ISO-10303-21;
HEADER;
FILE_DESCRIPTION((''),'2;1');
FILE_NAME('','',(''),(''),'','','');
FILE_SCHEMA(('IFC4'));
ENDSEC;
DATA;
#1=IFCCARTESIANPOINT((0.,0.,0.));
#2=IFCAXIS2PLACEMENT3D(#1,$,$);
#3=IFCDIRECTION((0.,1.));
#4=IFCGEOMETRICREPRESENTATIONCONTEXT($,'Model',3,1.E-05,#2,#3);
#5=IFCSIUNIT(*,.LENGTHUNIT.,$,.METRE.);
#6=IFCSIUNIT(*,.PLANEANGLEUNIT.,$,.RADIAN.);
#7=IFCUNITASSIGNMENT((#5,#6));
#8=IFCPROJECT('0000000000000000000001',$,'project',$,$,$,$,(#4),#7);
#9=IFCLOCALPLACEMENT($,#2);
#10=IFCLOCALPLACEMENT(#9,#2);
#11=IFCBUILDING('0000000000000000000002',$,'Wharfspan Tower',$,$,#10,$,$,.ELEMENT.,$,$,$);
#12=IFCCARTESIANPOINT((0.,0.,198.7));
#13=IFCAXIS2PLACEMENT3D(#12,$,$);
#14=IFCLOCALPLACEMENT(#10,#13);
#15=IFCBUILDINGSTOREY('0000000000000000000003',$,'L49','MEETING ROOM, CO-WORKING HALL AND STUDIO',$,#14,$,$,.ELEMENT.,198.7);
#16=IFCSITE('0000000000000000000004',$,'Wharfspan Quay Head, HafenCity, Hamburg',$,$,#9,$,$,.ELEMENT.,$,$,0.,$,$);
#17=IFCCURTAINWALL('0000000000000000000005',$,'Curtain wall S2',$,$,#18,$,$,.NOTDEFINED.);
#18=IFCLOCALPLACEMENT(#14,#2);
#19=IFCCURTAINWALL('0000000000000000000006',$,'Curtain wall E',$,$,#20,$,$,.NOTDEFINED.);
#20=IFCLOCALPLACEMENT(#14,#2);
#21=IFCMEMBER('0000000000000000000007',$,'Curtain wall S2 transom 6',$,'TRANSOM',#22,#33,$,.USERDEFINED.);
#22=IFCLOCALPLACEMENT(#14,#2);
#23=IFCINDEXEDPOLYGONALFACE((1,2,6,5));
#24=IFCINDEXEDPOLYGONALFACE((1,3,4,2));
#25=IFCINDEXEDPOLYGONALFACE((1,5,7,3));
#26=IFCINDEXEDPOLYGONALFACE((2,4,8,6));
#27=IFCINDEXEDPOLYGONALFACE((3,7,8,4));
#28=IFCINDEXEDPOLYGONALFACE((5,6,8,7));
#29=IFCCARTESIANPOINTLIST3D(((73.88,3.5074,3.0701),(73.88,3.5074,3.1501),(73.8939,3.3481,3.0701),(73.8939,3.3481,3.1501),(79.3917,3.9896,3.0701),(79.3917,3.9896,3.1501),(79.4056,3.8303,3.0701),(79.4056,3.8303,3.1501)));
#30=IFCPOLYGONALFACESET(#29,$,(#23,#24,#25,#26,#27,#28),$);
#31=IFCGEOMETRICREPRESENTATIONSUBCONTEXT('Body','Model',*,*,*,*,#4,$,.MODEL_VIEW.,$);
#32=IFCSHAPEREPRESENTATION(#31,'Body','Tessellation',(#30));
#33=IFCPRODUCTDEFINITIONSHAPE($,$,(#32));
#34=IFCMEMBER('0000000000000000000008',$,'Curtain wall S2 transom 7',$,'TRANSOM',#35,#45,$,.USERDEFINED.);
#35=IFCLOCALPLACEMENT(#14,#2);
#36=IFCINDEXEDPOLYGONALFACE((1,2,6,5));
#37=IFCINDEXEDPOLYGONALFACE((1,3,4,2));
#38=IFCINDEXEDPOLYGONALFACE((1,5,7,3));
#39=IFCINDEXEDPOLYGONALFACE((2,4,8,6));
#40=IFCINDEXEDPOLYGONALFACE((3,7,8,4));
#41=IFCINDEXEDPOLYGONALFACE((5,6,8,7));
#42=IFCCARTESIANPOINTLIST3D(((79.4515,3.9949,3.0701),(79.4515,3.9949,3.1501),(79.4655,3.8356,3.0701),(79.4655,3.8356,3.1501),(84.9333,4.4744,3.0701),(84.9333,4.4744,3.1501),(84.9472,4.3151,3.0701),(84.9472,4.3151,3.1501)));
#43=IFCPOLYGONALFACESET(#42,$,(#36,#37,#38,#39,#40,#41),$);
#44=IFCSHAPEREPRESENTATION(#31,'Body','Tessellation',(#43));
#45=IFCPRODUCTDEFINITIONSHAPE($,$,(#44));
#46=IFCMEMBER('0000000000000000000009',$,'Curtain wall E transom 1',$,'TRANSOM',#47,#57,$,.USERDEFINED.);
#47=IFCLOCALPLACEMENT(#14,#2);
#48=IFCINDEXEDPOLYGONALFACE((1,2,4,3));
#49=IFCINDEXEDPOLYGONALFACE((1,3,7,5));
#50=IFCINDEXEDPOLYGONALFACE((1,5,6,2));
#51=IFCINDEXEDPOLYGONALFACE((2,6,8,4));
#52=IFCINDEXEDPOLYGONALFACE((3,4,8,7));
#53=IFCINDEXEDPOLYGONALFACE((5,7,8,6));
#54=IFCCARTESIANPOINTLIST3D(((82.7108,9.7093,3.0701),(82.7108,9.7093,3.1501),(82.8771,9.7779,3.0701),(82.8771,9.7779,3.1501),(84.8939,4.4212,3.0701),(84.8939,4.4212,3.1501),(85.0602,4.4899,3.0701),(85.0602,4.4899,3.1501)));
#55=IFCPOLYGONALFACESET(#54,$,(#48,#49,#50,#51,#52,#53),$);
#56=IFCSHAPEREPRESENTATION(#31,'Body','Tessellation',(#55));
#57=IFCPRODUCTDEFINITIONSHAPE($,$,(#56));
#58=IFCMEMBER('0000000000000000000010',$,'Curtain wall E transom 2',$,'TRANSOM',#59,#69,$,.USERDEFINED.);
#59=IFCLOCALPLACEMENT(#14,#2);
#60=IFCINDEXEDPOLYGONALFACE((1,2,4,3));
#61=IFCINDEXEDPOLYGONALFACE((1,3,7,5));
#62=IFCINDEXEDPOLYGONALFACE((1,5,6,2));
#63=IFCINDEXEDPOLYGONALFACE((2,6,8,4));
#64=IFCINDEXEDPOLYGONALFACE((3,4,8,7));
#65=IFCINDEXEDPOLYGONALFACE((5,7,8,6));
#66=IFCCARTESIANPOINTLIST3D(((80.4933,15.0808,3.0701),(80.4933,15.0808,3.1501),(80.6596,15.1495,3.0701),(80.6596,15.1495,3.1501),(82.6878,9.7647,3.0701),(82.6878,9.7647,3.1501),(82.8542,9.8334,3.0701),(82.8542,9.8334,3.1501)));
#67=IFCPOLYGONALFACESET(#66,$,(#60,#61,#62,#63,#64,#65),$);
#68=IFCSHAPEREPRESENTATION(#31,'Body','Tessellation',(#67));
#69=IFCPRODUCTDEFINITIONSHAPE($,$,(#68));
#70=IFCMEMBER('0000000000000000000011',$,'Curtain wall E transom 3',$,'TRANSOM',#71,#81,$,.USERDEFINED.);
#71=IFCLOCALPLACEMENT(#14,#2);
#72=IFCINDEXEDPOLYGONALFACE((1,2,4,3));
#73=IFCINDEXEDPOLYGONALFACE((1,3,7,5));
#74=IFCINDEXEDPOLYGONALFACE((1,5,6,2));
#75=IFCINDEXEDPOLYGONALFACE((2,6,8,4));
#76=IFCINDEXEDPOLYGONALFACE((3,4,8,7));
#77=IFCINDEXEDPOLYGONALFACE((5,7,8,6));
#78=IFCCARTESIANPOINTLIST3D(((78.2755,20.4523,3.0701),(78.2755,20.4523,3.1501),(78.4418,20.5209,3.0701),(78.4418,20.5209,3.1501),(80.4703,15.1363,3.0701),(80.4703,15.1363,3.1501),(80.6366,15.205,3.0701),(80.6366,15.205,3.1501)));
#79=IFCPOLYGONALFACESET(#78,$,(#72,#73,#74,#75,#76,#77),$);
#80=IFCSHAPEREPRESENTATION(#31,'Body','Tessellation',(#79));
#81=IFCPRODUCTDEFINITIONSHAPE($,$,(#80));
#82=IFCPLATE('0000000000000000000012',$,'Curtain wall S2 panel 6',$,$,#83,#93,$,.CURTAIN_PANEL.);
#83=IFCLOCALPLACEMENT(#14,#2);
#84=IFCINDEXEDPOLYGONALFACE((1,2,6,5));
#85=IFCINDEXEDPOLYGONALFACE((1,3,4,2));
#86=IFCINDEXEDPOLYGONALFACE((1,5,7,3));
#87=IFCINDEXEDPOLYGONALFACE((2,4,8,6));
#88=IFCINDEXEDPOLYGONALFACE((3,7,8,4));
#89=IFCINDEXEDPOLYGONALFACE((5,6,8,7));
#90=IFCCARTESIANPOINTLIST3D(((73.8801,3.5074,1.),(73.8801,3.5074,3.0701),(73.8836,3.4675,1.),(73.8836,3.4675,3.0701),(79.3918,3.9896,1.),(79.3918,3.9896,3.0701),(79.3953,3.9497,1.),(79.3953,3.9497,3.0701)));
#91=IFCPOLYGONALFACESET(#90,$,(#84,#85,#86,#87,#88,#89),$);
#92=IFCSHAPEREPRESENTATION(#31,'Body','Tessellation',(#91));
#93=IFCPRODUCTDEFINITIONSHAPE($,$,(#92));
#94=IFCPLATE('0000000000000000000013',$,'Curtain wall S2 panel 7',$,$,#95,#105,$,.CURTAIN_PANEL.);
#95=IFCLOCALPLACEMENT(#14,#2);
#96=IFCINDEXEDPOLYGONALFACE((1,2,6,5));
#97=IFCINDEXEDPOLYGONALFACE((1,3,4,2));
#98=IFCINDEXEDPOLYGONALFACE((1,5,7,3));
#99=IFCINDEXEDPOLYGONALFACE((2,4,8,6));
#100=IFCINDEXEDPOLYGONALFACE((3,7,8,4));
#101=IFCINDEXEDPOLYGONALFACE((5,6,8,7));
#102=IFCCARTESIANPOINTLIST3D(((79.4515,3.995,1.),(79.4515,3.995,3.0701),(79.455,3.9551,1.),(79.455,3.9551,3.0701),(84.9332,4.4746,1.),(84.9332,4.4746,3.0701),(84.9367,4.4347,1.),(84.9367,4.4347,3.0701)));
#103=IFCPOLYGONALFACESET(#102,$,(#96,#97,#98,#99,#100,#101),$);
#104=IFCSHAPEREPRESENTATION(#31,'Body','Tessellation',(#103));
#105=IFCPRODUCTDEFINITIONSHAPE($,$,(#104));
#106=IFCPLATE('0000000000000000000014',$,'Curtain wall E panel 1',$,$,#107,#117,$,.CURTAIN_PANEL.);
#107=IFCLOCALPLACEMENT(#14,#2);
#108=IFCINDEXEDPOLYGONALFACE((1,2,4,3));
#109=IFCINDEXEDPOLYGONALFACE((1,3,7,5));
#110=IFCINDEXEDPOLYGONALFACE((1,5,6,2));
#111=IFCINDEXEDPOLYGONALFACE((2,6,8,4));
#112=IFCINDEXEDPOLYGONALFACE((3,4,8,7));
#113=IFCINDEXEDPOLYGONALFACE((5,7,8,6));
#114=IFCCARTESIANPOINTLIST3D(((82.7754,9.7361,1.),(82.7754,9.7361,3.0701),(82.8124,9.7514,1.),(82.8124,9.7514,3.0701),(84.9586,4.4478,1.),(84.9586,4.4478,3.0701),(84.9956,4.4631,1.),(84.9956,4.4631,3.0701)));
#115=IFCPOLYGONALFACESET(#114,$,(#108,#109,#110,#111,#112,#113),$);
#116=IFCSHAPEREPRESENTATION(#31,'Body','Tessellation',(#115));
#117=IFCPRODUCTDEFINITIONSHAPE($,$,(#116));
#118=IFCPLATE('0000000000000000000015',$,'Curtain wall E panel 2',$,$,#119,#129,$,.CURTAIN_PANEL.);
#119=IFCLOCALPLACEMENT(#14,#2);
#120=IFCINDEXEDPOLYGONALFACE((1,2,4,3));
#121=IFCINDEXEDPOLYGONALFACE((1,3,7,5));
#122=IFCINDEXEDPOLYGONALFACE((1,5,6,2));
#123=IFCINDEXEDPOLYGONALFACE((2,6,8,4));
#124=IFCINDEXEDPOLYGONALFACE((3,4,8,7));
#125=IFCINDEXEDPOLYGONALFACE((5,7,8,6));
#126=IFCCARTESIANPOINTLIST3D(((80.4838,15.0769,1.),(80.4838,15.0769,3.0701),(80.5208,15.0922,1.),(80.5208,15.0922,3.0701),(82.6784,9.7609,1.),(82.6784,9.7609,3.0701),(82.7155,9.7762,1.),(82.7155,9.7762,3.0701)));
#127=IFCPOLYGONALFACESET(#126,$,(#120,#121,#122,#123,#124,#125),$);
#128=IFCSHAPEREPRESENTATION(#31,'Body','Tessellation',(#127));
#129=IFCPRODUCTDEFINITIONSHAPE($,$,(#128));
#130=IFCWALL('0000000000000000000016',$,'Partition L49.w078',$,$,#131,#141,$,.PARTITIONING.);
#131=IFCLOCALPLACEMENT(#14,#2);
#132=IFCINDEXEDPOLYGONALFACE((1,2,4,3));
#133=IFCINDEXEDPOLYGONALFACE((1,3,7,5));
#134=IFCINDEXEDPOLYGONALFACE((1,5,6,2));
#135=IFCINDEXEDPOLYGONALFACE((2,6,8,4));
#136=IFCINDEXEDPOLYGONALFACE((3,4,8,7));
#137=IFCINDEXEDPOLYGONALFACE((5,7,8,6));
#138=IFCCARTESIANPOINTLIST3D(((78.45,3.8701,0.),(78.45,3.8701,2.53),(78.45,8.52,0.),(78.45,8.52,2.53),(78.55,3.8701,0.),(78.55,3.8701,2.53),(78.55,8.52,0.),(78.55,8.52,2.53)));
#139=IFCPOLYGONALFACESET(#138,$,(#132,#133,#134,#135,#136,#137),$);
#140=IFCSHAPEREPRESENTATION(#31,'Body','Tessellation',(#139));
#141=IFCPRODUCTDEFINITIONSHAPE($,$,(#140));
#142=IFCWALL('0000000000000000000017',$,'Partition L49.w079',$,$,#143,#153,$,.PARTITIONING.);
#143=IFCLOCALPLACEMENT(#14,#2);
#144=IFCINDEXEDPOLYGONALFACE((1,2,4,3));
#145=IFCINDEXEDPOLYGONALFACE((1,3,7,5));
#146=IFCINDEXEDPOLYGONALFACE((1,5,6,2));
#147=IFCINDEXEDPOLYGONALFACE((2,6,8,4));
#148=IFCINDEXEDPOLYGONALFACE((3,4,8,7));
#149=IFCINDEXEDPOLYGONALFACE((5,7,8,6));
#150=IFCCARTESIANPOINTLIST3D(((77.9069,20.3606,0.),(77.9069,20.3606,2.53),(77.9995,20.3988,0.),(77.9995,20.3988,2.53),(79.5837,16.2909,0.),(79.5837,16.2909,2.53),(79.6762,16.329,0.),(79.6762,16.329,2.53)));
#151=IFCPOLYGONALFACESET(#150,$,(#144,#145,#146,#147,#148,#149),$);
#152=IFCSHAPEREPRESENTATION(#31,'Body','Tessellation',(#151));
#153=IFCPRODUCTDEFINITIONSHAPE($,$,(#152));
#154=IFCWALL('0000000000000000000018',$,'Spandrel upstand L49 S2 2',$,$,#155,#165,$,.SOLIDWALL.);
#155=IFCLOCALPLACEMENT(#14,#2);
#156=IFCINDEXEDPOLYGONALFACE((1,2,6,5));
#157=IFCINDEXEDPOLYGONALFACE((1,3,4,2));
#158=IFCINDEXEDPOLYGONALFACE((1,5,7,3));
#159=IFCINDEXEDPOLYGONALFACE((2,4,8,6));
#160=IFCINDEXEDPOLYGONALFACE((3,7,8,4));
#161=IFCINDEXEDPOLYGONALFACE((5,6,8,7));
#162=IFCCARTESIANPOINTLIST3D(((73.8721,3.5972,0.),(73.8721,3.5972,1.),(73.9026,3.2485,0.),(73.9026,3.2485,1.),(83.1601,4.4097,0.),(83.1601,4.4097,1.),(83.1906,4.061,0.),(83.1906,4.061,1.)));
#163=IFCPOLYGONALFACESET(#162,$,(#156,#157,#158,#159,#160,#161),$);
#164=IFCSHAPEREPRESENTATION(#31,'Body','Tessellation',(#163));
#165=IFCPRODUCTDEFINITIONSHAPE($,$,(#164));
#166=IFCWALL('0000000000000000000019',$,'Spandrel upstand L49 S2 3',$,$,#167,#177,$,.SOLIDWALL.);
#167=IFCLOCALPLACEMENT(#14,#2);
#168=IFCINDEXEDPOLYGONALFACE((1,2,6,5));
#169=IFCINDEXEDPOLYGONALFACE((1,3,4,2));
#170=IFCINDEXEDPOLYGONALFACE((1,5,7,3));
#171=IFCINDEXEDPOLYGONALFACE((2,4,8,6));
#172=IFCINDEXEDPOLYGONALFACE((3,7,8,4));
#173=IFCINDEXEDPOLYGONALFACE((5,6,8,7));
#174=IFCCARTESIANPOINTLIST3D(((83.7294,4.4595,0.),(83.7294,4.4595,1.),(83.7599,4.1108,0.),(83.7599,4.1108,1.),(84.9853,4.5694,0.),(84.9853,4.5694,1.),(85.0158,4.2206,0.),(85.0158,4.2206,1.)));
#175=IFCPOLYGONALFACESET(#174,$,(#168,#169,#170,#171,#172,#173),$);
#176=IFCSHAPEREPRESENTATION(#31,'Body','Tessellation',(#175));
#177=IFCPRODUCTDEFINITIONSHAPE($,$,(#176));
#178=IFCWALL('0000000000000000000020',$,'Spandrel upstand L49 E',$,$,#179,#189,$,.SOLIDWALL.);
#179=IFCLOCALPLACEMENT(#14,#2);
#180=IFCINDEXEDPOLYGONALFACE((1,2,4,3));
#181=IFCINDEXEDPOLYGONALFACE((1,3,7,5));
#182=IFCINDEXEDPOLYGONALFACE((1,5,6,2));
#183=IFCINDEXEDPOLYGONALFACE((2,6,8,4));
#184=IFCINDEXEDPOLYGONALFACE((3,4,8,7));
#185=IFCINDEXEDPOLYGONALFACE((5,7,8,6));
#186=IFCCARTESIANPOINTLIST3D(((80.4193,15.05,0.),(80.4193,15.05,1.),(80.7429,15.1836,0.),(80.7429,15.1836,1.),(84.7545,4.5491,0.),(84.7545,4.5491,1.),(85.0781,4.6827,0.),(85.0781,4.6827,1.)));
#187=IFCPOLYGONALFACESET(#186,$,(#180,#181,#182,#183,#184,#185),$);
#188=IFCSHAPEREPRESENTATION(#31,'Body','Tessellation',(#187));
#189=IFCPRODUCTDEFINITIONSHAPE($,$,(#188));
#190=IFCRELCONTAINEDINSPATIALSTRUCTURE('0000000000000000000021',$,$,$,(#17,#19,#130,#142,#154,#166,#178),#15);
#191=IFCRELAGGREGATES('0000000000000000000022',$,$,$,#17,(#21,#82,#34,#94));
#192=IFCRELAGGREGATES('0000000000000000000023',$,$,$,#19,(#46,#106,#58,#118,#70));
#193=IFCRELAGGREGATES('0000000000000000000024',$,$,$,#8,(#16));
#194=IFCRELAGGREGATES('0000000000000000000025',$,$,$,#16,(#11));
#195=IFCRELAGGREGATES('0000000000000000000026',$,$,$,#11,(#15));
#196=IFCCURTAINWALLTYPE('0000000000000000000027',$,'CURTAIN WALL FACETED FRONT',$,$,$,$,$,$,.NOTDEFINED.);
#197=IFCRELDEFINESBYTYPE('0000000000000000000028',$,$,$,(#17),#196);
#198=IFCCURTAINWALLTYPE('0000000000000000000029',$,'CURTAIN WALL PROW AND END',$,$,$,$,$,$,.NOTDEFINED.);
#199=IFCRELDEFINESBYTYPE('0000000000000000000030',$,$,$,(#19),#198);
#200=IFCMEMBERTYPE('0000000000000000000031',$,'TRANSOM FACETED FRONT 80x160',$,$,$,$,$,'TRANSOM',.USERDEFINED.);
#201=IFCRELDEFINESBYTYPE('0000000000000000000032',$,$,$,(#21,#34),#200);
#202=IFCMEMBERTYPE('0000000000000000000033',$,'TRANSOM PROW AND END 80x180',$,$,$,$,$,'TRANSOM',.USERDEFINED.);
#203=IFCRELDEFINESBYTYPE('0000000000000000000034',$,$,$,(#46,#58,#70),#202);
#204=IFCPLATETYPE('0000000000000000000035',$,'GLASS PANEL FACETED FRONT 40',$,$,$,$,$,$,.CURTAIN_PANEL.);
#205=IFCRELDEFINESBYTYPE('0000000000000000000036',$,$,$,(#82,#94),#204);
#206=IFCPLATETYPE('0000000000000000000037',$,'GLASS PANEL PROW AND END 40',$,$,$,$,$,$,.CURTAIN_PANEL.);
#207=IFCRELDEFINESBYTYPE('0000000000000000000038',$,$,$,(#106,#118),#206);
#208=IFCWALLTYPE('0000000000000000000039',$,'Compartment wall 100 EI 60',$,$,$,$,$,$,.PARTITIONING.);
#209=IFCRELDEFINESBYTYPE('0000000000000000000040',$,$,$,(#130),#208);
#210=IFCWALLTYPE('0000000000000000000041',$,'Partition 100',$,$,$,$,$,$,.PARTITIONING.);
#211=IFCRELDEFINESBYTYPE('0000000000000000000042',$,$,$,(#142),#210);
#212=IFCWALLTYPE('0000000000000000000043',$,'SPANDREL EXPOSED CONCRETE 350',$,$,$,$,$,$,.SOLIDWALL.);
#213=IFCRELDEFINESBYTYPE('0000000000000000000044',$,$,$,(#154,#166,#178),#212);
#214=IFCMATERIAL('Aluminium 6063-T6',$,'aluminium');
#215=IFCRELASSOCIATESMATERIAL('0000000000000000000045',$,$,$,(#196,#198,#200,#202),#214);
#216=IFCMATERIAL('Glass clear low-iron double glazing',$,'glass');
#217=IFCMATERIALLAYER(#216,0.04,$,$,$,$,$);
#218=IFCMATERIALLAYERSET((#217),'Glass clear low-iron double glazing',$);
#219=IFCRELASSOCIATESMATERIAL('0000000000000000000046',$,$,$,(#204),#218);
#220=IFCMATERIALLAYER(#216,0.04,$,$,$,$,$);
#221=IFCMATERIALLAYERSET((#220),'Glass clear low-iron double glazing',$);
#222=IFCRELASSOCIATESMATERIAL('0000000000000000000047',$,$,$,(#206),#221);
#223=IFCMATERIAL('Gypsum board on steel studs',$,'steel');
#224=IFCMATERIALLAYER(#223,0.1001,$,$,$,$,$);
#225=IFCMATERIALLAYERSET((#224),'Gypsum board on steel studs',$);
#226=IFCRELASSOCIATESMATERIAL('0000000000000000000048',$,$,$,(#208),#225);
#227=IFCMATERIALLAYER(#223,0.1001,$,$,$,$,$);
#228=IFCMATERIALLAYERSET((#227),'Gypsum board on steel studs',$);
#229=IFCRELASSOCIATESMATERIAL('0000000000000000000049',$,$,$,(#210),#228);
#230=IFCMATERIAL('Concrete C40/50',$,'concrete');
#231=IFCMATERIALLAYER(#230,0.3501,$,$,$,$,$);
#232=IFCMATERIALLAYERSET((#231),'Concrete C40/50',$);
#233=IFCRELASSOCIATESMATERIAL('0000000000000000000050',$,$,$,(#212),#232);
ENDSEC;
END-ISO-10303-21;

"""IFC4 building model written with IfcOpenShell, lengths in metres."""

from ifc_helpers import new_model, si_unit, direction, frame, frame_2d, origin, origin_2d, place, context, subcontext, project, spatial, rectangle, extrude, material, layer, layer_set, material_profile, profile_set, type_object, element, aggregate, save


model = new_model("IFC4")

# Units and contexts
model_context = context("Model", 3, precision=1e-05, world=origin(), true_north=direction((0.0, 1.0)))
body_context = subcontext(model_context, "Body", "Model", "MODEL_VIEW")
ifc_project = project(units=[si_unit("LENGTHUNIT", "METRE"), si_unit("PLANEANGLEUNIT", "RADIAN")], contexts=[model_context])

# Site, building, storey
site_placement = place(None, origin())
site = spatial("IfcSite", under=ifc_project, at=site_placement, Name="Wharfspan Quay Head, HafenCity, Hamburg", CompositionType="ELEMENT", RefElevation=0.0)
building_placement = place(site_placement, origin())
building = spatial("IfcBuilding", under=site, at=building_placement, Name="Wharfspan Tower", CompositionType="ELEMENT")
storey_placement = place(building_placement, frame((0.0, 0.0, 198.7)))
storey = spatial("IfcBuildingStorey", under=building, at=storey_placement, Name="L49", Description="MEETING ROOM, CO-WORKING HALL AND STUDIO", CompositionType="ELEMENT", Elevation=198.7)

# Curtain walls
ifc_material_1 = material(Name="Aluminium 6063-T6", Category="aluminium")
curtain_wall_type_1 = type_object("IfcCurtainWallType", Name="CURTAIN WALL FACETED FRONT", PredefinedType="NOTDEFINED", material=ifc_material_1)
curtain_wall_1_placement = place(storey_placement, origin())
curtain_wall_1 = element("IfcCurtainWall", 1, at=curtain_wall_1_placement, inside=storey, type_object=curtain_wall_type_1, Name="Curtain wall S2", PredefinedType="NOTDEFINED")
curtain_wall_type_2 = type_object("IfcCurtainWallType", Name="CURTAIN WALL PROW AND END", PredefinedType="NOTDEFINED", material=ifc_material_1)
curtain_wall_2_placement = place(storey_placement, origin())
curtain_wall_2 = element("IfcCurtainWall", 2, at=curtain_wall_2_placement, inside=storey, type_object=curtain_wall_type_2, Name="Curtain wall E", PredefinedType="NOTDEFINED")

# Members
ifc_material_profile_1 = material_profile(ifc_material_1, rectangle(XDim=0.1599, YDim=0.0801, at=origin_2d()))
ifc_profile_set_1 = profile_set([ifc_material_profile_1], Name="Aluminium 6063-T6")
member_type_1 = type_object("IfcMemberType", Name="TRANSOM FACETED FRONT 80x160", ElementType="TRANSOM", PredefinedType="USERDEFINED", material=ifc_profile_set_1)
member_1_placement = place(storey_placement, frame((73.887, 3.4277, 3.1101), z_axis=(0.996195, 0.087149, 0.0), x_axis=(-0.087149, 0.996195, 0.0)))
member_1 = element("IfcMember", 3, at=member_1_placement, type_object=member_type_1, Name="Curtain wall S2 transom 6", ObjectType="TRANSOM", PredefinedType="USERDEFINED", context=body_context, shape_type="SweptSolid", body=[
    extrude(rectangle(XDim=0.1599, YDim=0.0801, at=origin_2d()), origin(), (0.0, 0.0, 1.0), 5.5327),
])
member_2_placement = place(storey_placement, frame((79.4585, 3.9153, 3.1101), z_axis=(0.996196, 0.087139, 0.0), x_axis=(-0.087139, 0.996196, 0.0)))
member_2 = element("IfcMember", 4, at=member_2_placement, type_object=member_type_1, Name="Curtain wall S2 transom 7", ObjectType="TRANSOM", PredefinedType="USERDEFINED", context=body_context, shape_type="SweptSolid", body=[
    extrude(rectangle(XDim=0.1599, YDim=0.0801, at=origin_2d()), origin(), (0.0, 0.0, 1.0), 5.5027),
])
ifc_material_profile_2 = material_profile(ifc_material_1, rectangle(XDim=0.1799, YDim=0.0801, at=origin_2d()))
ifc_profile_set_2 = profile_set([ifc_material_profile_2], Name="Aluminium 6063-T6")
member_type_2 = type_object("IfcMemberType", Name="TRANSOM PROW AND END 80x180", ElementType="TRANSOM", PredefinedType="USERDEFINED", material=ifc_profile_set_2)
member_3_placement = place(storey_placement, frame((84.9771, 4.4556, 3.1101), z_axis=(-0.381595, 0.924329, 0.0), x_axis=(-0.924329, -0.381595, 0.0)))
member_3 = element("IfcMember", 5, at=member_3_placement, type_object=member_type_2, Name="Curtain wall E transom 1", ObjectType="TRANSOM", PredefinedType="USERDEFINED", context=body_context, shape_type="SweptSolid", body=[
    extrude(rectangle(XDim=0.1799, YDim=0.0801, at=origin_2d()), origin(), (0.0, 0.0, 1.0), 5.7209),
])
member_4_placement = place(storey_placement, frame((82.771, 9.7991, 3.1101), z_axis=(-0.381578, 0.924337, 0.0), x_axis=(-0.924337, -0.381578, 0.0)))
member_4 = element("IfcMember", 6, at=member_4_placement, type_object=member_type_2, Name="Curtain wall E transom 2", ObjectType="TRANSOM", PredefinedType="USERDEFINED", context=body_context, shape_type="SweptSolid", body=[
    extrude(rectangle(XDim=0.1799, YDim=0.0801, at=origin_2d()), origin(), (0.0, 0.0, 1.0), 5.7512),
])
member_5_placement = place(storey_placement, frame((80.5535, 15.1707, 3.1101), z_axis=(-0.381629, 0.924315, 0.0), x_axis=(-0.924315, -0.381629, 0.0)))
member_5 = element("IfcMember", 7, at=member_5_placement, type_object=member_type_2, Name="Curtain wall E transom 3", ObjectType="TRANSOM", PredefinedType="USERDEFINED", context=body_context, shape_type="SweptSolid", body=[
    extrude(rectangle(XDim=0.1799, YDim=0.0801, at=origin_2d()), origin(), (0.0, 0.0, 1.0), 5.7512),
])

# Plates
ifc_material_2 = material(Name="Glass clear low-iron double glazing", Category="glass")
ifc_layer_1 = layer(ifc_material_2, 0.04)
ifc_layer_set_1 = layer_set([ifc_layer_1], Name="Glass clear low-iron double glazing")
plate_type_1 = type_object("IfcPlateType", Name="GLASS PANEL FACETED FRONT 40", PredefinedType="CURTAIN_PANEL", material=ifc_layer_set_1)
plate_1_placement = place(storey_placement, frame((76.6377, 3.7285, 1.0), z_axis=(0.0, 0.0, 1.0), x_axis=(0.996198, 0.087156, 0.0)))
plate_1 = element("IfcPlate", 8, at=plate_1_placement, type_object=plate_type_1, Name="Curtain wall S2 panel 6", PredefinedType="CURTAIN_PANEL", context=body_context, shape_type="SweptSolid", body=[
    extrude(rectangle(XDim=5.5327, YDim=0.04, at=origin_2d()), origin(), (0.0, 0.0, 1.0), 2.0701),
])
plate_2_placement = place(storey_placement, frame((82.1941, 4.2148, 1.0), z_axis=(0.0, 0.0, 1.0), x_axis=(0.996198, 0.087156, 0.0)))
plate_2 = element("IfcPlate", 9, at=plate_2_placement, type_object=plate_type_1, Name="Curtain wall S2 panel 7", PredefinedType="CURTAIN_PANEL", context=body_context, shape_type="SweptSolid", body=[
    extrude(rectangle(XDim=5.5027, YDim=0.04, at=origin_2d()), origin(), (0.0, 0.0, 1.0), 2.0701),
])
aggregate(curtain_wall_1, [member_1, plate_1, member_2, plate_2])
ifc_layer_2 = layer(ifc_material_2, 0.04)
ifc_layer_set_2 = layer_set([ifc_layer_2], Name="Glass clear low-iron double glazing")
plate_type_2 = type_object("IfcPlateType", Name="GLASS PANEL PROW AND END 40", PredefinedType="CURTAIN_PANEL", material=ifc_layer_set_2)
plate_3_placement = place(storey_placement, frame((83.8855, 7.0996, 1.0), z_axis=(0.0, 0.0, 1.0), x_axis=(-0.381602, 0.924325, 0.0)))
plate_3 = element("IfcPlate", 10, at=plate_3_placement, type_object=plate_type_2, Name="Curtain wall E panel 1", PredefinedType="CURTAIN_PANEL", context=body_context, shape_type="SweptSolid", body=[
    extrude(rectangle(XDim=5.7212, YDim=0.04, at=origin_2d()), origin(), (0.0, 0.0, 1.0), 2.0701),
])
plate_4_placement = place(storey_placement, frame((81.5996, 12.4265, 1.0), z_axis=(0.0, 0.0, 1.0), x_axis=(-0.381602, 0.924325, 0.0)))
plate_4 = element("IfcPlate", 11, at=plate_4_placement, type_object=plate_type_2, Name="Curtain wall E panel 2", PredefinedType="CURTAIN_PANEL", context=body_context, shape_type="SweptSolid", body=[
    extrude(rectangle(XDim=5.7512, YDim=0.04, at=origin_2d()), origin(), (0.0, 0.0, 1.0), 2.0701),
])
aggregate(curtain_wall_2, [member_3, plate_3, member_4, plate_4, member_5])

# Walls
ifc_material_3 = material(Name="Gypsum board on steel studs", Category="steel")
ifc_layer_3 = layer(ifc_material_3, 0.1001)
ifc_layer_set_3 = layer_set([ifc_layer_3], Name="Gypsum board on steel studs")
wall_type_1 = type_object("IfcWallType", Name="Compartment wall 100 EI 60", PredefinedType="PARTITIONING", material=ifc_layer_set_3)
wall_1_placement = place(storey_placement, frame((78.5, 3.8701, 0.0), z_axis=(0.0, 0.0, 1.0), x_axis=(0.0, 1.0, 0.0)))
element("IfcWall", 12, at=wall_1_placement, inside=storey, type_object=wall_type_1, Name="Partition L49.w078", PredefinedType="PARTITIONING", context=body_context, shape_type="SweptSolid", body=[
    extrude(rectangle(XDim=4.6499, YDim=0.1001, at=frame_2d((2.325, 0.0))), origin(), (0.0, 0.0, 1.0), 2.53),
])
ifc_layer_4 = layer(ifc_material_3, 0.1001)
ifc_layer_set_4 = layer_set([ifc_layer_4], Name="Gypsum board on steel studs")
wall_type_2 = type_object("IfcWallType", Name="Partition 100", PredefinedType="PARTITIONING", material=ifc_layer_set_4)
wall_2_placement = place(storey_placement, frame((79.6299, 16.3101, 0.0), z_axis=(0.0, 0.0, 1.0), x_axis=(-0.380933, 0.9246, 0.0)))
element("IfcWall", 13, at=wall_2_placement, inside=storey, type_object=wall_type_2, Name="Partition L49.w079", PredefinedType="PARTITIONING", context=body_context, shape_type="SweptSolid", body=[
    extrude(rectangle(XDim=4.4016, YDim=0.1001, at=frame_2d((2.2007, 0.0))), origin(), (0.0, 0.0, 1.0), 2.53),
])
ifc_material_4 = material(Name="Concrete C40/50", Category="concrete")
ifc_layer_5 = layer(ifc_material_4, 0.3501)
ifc_layer_set_5 = layer_set([ifc_layer_5], Name="Concrete C40/50")
wall_type_3 = type_object("IfcWallType", Name="SPANDREL EXPOSED CONCRETE 350", PredefinedType="SOLIDWALL", material=ifc_layer_set_5)
wall_3_placement = place(storey_placement, frame((73.8875, 3.4229, 0.0), z_axis=(0.0, 0.0, 1.0), x_axis=(0.996197, 0.087145, 0.0)))
element("IfcWall", 14, at=wall_3_placement, inside=storey, type_object=wall_type_3, Name="Spandrel upstand L49 S2 2", PredefinedType="SOLIDWALL", context=body_context, shape_type="SweptSolid", body=[
    extrude(rectangle(XDim=9.3235, YDim=0.3501, at=frame_2d((4.6616, 0.0))), origin(), (0.0, 0.0, 1.0), 1.0),
])
wall_4_placement = place(storey_placement, frame((83.7446, 4.2852, 0.0), z_axis=(0.0, 0.0, 1.0), x_axis=(0.996198, 0.087148, 0.0)))
element("IfcWall", 15, at=wall_4_placement, inside=storey, type_object=wall_type_3, Name="Spandrel upstand L49 S2 3", PredefinedType="SOLIDWALL", context=body_context, shape_type="SweptSolid", body=[
    extrude(rectangle(XDim=1.2607, YDim=0.3501, at=frame_2d((0.6304, 0.0))), origin(), (0.0, 0.0, 1.0), 1.0),
])
wall_5_placement = place(storey_placement, frame((84.9163, 4.616, 0.0), z_axis=(0.0, 0.0, 1.0), x_axis=(-0.381598, 0.924328, 0.0)))
element("IfcWall", 16, at=wall_5_placement, inside=storey, type_object=wall_type_3, Name="Spandrel upstand L49 E", PredefinedType="SOLIDWALL", context=body_context, shape_type="SweptSolid", body=[
    extrude(rectangle(XDim=11.3606, YDim=0.3501, at=frame_2d((5.6802, 0.0))), origin(), (0.0, 0.0, 1.0), 1.0),
])

save(model, "model.ifc")
